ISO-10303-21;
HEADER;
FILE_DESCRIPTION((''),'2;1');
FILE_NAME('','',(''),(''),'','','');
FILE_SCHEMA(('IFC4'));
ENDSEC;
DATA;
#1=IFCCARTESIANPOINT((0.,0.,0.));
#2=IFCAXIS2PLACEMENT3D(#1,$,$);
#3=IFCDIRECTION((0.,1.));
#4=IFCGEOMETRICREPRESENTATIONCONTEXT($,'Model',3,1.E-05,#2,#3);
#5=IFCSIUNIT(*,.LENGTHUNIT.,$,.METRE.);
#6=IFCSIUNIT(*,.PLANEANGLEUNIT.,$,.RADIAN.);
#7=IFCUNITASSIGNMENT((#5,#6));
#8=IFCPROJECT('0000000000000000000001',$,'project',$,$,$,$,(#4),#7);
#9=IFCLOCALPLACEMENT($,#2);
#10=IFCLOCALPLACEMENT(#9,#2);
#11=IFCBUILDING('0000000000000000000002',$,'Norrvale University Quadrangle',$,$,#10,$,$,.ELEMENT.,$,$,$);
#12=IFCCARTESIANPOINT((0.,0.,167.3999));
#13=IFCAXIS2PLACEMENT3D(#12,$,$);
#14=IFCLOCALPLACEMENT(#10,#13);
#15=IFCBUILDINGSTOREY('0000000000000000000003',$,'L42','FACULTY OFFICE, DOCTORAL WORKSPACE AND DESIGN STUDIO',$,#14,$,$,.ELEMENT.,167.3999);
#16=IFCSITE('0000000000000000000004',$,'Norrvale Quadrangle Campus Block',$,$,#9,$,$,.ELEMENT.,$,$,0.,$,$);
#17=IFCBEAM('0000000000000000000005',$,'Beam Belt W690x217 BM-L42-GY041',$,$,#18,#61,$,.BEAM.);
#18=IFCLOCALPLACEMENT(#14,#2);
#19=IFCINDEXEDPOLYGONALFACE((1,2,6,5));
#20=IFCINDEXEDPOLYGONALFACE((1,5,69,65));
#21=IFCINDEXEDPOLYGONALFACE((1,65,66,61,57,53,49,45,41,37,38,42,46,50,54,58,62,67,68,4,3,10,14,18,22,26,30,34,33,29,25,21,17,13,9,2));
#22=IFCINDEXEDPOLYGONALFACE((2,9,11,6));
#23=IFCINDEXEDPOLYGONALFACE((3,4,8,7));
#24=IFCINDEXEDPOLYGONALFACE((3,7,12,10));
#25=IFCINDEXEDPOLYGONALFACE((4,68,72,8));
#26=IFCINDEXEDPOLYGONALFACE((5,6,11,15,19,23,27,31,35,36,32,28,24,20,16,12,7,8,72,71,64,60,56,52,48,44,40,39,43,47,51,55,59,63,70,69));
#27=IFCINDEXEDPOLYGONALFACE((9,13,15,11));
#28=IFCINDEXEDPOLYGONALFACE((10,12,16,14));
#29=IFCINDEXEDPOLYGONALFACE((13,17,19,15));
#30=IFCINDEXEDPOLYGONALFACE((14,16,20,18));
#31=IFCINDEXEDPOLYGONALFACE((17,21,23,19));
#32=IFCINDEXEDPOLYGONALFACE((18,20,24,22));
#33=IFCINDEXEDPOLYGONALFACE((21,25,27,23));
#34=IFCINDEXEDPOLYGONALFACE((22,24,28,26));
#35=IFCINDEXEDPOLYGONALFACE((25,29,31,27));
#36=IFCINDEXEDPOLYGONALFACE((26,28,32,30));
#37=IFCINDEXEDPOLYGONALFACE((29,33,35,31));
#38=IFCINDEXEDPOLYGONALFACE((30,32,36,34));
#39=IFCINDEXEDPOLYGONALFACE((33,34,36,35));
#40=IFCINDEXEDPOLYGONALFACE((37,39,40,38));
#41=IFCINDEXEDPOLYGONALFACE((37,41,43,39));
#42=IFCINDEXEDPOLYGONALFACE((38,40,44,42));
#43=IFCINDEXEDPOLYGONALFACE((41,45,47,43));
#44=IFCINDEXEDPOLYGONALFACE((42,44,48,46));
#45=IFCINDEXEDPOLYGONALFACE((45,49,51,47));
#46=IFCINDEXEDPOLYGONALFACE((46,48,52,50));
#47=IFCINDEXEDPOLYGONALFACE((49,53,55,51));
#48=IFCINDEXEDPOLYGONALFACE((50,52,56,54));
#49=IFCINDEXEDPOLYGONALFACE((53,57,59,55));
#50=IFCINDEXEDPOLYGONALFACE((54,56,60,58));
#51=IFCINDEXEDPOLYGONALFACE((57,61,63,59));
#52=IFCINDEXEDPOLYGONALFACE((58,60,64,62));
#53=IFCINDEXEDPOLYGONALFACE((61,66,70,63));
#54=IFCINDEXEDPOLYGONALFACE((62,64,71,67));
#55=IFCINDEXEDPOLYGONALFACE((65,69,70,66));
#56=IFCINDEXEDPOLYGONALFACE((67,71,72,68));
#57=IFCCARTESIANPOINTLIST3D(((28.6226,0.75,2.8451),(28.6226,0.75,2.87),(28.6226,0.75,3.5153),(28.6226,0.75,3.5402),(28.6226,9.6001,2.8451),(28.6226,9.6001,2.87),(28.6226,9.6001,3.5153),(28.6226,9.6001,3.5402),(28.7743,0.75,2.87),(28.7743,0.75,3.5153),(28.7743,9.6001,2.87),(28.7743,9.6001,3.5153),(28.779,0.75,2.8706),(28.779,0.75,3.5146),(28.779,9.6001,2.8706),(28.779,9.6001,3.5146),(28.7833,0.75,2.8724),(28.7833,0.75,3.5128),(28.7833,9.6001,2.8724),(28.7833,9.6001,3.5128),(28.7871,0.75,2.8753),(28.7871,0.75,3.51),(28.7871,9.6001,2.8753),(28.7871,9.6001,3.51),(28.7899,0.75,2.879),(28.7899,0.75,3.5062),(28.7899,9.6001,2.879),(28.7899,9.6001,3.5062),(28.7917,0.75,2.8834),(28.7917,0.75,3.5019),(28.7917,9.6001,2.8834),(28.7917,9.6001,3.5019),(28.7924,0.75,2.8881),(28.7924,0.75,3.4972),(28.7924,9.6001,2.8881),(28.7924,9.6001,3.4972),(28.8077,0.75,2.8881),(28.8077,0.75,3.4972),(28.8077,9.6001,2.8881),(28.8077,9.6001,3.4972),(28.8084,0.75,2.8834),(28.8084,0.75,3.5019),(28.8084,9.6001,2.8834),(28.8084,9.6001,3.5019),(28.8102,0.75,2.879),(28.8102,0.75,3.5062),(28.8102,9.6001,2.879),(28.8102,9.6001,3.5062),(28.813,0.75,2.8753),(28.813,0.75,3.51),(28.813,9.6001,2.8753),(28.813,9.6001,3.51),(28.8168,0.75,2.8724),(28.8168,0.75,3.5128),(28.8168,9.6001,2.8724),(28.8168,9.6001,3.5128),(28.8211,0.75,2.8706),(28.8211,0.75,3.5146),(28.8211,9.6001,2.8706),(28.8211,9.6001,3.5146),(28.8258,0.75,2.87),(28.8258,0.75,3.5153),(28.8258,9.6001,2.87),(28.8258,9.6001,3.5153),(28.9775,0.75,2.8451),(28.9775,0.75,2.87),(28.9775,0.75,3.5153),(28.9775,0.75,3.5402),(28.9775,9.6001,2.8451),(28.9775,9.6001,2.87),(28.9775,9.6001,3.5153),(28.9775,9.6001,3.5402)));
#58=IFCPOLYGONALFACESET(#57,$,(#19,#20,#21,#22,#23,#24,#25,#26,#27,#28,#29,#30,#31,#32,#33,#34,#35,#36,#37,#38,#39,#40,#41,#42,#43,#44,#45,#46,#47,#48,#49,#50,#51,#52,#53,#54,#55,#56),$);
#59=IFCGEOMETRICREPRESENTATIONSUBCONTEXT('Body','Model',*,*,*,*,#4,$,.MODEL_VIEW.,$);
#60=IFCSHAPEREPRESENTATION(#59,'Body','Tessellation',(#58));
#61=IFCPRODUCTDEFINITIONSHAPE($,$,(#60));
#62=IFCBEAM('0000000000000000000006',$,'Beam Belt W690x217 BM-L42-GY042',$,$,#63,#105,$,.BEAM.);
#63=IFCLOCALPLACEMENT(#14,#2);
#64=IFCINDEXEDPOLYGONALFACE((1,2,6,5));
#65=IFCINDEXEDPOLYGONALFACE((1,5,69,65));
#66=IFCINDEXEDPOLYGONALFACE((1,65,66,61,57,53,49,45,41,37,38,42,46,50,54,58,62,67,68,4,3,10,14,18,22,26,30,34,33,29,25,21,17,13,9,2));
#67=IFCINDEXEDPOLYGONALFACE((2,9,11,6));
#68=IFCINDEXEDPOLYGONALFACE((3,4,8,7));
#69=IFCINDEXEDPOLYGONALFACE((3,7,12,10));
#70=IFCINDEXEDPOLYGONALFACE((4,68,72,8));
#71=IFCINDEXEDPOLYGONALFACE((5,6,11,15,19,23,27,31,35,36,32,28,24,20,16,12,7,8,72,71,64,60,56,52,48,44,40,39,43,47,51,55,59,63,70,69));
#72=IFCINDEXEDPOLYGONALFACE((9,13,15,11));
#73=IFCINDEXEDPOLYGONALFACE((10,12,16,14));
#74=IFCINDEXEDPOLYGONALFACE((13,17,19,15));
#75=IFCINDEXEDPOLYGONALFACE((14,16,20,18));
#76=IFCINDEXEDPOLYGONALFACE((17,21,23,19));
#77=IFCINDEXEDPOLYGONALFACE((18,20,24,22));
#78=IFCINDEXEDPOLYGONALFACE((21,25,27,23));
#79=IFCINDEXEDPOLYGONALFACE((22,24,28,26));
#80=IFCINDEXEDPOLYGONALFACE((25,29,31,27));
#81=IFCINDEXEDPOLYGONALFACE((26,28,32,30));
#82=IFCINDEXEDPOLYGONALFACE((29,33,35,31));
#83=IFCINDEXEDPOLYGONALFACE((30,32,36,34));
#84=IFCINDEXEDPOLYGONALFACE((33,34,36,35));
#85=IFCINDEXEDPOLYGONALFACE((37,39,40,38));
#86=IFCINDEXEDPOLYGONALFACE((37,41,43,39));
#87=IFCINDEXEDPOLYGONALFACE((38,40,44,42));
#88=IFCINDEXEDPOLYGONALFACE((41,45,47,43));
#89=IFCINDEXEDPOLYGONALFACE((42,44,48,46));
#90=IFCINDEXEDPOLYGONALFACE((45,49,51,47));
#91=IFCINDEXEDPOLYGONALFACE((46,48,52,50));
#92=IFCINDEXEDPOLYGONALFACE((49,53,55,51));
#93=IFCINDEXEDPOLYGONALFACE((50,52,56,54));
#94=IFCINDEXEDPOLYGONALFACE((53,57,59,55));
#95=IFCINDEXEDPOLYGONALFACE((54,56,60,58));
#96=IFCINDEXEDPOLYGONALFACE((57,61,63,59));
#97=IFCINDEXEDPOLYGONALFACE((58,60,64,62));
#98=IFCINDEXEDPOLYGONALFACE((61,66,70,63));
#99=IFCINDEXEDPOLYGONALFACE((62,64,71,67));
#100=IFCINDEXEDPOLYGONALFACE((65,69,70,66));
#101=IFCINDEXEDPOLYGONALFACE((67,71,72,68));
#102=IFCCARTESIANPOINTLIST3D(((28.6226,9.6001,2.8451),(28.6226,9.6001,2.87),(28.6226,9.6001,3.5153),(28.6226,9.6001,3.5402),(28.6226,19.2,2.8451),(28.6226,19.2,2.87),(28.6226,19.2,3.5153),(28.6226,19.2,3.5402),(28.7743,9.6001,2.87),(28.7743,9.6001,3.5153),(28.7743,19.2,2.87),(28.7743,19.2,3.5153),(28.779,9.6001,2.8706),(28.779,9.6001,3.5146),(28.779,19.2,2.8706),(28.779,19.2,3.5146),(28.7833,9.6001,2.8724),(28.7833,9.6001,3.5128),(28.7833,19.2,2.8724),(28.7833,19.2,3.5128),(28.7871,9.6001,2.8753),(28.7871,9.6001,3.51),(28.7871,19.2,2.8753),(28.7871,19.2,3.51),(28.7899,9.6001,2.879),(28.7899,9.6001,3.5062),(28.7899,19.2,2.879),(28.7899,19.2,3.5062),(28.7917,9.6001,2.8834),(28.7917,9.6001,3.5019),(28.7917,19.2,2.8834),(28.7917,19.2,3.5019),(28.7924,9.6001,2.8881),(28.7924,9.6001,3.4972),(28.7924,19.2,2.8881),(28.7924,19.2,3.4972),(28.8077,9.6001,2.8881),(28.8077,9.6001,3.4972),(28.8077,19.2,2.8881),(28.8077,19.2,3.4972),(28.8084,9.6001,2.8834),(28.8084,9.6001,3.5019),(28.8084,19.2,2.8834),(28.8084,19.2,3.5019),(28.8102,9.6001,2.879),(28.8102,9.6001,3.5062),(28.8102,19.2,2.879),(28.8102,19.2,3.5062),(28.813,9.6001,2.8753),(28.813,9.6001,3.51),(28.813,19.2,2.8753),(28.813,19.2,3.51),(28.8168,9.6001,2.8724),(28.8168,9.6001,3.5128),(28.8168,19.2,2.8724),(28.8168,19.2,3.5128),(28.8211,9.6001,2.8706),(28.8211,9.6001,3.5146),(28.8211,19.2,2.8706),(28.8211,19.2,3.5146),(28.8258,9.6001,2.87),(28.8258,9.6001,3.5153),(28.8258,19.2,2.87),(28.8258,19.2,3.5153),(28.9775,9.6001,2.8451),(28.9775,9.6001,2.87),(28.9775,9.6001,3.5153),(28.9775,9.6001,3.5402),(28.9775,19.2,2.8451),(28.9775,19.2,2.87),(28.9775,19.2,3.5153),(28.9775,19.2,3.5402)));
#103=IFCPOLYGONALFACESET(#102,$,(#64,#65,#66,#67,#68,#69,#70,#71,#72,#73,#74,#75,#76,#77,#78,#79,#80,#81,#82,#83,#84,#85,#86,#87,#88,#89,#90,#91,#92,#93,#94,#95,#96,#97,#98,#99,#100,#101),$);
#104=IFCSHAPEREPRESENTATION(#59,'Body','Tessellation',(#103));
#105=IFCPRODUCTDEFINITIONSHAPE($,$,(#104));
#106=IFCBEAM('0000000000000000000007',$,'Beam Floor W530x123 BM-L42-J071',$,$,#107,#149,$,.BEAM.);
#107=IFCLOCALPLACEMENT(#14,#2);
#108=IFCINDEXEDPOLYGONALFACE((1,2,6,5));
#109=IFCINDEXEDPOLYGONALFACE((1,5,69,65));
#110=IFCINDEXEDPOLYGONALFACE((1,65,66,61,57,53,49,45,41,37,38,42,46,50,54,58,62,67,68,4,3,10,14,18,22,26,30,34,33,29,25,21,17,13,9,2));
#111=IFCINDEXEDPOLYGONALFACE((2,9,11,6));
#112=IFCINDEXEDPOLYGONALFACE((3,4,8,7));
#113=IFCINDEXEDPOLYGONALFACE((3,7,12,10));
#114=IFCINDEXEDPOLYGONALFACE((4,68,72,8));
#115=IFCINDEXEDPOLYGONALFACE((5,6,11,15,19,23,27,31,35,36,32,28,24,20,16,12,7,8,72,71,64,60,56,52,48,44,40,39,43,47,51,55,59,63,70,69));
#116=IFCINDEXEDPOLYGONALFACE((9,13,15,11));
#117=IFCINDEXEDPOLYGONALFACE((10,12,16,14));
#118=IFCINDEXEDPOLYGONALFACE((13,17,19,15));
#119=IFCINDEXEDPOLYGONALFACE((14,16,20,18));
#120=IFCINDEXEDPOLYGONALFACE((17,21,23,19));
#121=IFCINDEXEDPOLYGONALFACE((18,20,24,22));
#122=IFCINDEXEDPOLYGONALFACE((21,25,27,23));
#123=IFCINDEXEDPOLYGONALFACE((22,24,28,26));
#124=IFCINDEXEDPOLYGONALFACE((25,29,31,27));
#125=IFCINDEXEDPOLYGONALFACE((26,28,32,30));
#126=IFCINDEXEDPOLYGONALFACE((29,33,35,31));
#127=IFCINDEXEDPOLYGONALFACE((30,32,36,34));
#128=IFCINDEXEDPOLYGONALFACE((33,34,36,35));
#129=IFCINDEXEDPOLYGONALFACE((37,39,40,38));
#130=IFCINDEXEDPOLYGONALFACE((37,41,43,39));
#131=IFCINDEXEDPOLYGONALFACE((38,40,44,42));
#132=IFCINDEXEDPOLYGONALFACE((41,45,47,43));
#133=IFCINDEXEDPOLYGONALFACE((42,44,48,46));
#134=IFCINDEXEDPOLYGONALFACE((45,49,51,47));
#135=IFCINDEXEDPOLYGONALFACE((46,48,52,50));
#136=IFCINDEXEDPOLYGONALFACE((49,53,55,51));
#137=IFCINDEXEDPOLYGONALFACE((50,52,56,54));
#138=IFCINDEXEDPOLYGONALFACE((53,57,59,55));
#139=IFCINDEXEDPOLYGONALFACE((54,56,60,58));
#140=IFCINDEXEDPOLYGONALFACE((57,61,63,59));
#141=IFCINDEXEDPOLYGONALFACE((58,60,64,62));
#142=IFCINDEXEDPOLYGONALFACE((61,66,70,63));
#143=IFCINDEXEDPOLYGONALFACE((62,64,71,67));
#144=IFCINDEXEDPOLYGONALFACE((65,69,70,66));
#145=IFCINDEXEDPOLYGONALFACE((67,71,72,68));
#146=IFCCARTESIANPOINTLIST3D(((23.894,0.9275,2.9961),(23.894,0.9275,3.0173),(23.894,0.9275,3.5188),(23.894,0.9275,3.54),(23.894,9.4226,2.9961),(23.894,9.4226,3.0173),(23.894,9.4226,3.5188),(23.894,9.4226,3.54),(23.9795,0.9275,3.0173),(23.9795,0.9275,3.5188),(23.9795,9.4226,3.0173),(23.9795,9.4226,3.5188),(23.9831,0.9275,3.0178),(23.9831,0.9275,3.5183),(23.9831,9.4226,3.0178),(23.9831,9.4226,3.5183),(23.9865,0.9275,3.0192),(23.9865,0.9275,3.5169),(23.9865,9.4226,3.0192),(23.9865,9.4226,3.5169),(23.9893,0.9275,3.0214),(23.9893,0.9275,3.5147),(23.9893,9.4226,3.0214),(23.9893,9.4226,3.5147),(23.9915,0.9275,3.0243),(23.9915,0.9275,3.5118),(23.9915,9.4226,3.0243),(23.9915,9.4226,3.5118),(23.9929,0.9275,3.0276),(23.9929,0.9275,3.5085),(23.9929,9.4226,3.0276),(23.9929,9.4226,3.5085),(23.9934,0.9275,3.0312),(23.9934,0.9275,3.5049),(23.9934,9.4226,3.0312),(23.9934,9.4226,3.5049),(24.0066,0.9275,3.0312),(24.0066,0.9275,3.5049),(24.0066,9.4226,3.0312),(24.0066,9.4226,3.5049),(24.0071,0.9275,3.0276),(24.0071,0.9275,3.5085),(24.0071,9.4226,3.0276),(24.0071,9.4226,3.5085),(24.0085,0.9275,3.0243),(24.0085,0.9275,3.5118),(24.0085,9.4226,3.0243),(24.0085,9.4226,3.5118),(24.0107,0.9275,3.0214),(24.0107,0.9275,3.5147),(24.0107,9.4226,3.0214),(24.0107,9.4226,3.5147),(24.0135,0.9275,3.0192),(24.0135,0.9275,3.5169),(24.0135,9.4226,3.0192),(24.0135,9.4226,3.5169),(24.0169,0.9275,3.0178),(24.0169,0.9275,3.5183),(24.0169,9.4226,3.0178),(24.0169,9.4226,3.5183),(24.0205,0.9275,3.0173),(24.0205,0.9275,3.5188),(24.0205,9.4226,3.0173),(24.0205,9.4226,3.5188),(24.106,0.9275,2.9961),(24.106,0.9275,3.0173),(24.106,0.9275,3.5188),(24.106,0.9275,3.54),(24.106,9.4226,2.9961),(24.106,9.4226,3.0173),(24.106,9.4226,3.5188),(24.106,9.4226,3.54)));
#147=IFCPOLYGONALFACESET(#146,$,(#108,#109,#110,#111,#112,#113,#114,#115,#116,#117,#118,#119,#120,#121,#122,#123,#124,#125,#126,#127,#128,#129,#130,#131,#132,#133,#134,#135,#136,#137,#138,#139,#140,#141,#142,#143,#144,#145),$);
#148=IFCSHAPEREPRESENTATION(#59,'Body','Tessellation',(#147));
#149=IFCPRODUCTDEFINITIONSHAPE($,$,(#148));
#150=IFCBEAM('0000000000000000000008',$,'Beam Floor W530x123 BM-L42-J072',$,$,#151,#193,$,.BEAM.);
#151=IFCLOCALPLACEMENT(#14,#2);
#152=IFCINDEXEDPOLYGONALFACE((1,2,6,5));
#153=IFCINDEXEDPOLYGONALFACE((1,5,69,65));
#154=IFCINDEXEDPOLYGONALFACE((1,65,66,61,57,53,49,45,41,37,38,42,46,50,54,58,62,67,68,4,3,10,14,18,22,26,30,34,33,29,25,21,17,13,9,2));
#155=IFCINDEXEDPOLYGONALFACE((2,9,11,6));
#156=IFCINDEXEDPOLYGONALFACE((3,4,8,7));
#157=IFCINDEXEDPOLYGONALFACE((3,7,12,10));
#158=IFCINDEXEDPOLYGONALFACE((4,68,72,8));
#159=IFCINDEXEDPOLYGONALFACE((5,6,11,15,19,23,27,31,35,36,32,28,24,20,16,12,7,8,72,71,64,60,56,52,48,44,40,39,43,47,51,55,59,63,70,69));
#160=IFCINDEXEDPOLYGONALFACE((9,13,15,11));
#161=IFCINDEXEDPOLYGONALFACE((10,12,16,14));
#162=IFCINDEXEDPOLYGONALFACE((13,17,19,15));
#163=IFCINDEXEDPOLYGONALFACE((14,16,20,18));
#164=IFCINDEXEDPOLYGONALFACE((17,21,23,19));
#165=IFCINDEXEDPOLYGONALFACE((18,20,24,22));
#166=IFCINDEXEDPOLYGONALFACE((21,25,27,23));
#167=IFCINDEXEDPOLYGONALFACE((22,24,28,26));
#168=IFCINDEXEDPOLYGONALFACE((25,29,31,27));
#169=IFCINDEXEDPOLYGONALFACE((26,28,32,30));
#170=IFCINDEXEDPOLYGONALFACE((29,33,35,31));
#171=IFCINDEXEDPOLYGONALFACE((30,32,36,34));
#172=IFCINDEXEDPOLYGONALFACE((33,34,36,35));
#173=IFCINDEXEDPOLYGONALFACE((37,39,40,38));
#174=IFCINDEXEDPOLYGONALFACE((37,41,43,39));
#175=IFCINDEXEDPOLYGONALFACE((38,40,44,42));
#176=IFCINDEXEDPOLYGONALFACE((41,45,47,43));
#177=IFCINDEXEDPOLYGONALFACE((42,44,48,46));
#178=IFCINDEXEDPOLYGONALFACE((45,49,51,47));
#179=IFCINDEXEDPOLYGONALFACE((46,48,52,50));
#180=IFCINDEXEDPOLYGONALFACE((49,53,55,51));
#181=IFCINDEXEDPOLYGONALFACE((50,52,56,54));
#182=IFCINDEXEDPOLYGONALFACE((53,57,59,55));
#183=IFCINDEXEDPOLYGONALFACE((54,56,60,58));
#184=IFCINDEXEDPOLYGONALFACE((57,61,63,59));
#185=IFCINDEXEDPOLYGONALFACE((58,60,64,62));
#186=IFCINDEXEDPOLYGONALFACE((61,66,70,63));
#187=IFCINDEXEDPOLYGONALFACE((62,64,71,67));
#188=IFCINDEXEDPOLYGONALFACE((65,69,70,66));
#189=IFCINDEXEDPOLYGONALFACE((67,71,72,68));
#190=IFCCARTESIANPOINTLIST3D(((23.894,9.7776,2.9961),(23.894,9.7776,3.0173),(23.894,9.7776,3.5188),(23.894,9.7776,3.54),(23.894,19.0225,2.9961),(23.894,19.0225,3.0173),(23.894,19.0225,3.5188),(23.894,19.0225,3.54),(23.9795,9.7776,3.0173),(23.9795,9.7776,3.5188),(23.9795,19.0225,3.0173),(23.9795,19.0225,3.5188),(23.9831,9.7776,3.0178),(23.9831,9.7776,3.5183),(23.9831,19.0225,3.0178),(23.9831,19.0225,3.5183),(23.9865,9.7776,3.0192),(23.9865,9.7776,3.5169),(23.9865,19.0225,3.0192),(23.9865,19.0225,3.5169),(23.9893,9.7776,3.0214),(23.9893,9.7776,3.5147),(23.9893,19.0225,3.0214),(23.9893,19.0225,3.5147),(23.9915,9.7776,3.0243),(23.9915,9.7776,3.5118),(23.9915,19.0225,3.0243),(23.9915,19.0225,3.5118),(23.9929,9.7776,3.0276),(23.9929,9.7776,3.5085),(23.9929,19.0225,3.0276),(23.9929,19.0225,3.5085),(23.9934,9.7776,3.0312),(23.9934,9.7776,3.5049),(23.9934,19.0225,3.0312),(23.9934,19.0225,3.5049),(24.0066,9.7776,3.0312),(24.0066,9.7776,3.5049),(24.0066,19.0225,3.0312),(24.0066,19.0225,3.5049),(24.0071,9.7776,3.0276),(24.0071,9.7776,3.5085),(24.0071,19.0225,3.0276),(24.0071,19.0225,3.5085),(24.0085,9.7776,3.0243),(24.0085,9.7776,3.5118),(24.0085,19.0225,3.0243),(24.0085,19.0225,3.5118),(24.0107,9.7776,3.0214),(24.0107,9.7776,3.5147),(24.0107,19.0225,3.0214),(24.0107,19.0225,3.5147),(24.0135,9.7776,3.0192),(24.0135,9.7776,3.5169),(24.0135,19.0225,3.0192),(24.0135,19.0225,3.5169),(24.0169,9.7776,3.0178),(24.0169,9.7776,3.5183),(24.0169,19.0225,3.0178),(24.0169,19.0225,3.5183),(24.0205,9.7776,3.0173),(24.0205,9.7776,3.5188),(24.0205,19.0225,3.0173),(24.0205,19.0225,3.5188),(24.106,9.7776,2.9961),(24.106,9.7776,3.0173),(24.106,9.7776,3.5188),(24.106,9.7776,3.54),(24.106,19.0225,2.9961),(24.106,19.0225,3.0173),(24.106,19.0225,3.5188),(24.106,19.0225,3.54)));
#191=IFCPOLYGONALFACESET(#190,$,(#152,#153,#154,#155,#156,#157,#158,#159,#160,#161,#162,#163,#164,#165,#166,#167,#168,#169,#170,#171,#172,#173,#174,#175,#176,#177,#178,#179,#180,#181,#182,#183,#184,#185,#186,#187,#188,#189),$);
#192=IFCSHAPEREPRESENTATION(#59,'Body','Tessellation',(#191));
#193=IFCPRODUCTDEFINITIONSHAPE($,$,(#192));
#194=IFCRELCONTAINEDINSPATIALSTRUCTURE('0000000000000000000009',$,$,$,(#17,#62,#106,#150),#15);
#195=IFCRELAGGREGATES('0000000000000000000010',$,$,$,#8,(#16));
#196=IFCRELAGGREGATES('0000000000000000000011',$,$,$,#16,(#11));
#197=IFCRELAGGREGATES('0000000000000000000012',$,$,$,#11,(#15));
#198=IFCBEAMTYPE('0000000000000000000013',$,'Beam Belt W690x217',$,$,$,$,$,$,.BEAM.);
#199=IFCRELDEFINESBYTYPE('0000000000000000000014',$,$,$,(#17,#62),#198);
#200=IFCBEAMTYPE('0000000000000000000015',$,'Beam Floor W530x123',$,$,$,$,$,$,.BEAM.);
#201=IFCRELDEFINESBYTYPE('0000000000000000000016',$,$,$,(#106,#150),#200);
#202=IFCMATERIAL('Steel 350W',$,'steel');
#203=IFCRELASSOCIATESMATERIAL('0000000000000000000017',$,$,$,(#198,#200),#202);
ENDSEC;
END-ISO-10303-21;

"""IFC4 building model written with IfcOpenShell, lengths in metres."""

from ifc_helpers import new_model, si_unit, direction, frame, origin, origin_2d, place, context, subcontext, project, spatial, i_section, extrude, material, material_profile, profile_set, type_object, element, save


model = new_model("IFC4")

# Units and contexts
model_context = context("Model", 3, precision=1e-05, world=origin(), true_north=direction((0.0, 1.0)))
body_context = subcontext(model_context, "Body", "Model", "MODEL_VIEW")
ifc_project = project(units=[si_unit("LENGTHUNIT", "METRE"), si_unit("PLANEANGLEUNIT", "RADIAN")], contexts=[model_context])

# Site, building, storey
site_placement = place(None, origin())
site = spatial("IfcSite", under=ifc_project, at=site_placement, Name="Norrvale Quadrangle Campus Block", CompositionType="ELEMENT", RefElevation=0.0)
building_placement = place(site_placement, origin())
building = spatial("IfcBuilding", under=site, at=building_placement, Name="Norrvale University Quadrangle", CompositionType="ELEMENT")
storey_placement = place(building_placement, frame((0.0, 0.0, 167.3999)))
storey = spatial("IfcBuildingStorey", under=building, at=storey_placement, Name="L42", Description="FACULTY OFFICE, DOCTORAL WORKSPACE AND DESIGN STUDIO", CompositionType="ELEMENT", Elevation=167.3999)

# Beams
ifc_material_1 = material(Name="Steel 350W", Category="steel")
ifc_material_profile_1 = material_profile(ifc_material_1, i_section(OverallWidth=0.355, OverallDepth=0.6951, WebThickness=0.0154, FlangeThickness=0.0249, FilletRadius=0.0181, at=origin_2d()), Name="Steel 350W")
ifc_profile_set_1 = profile_set([ifc_material_profile_1], Name="Steel 350W")
beam_type_1 = type_object("IfcBeamType", Name="Beam Belt W690x217", PredefinedType="BEAM", material=ifc_profile_set_1)
beam_1_placement = place(storey_placement, frame((28.8, 0.75, 3.1926), z_axis=(0.0, 1.0, 0.0), x_axis=(-1.0, 0.0, 0.0)))
element("IfcBeam", 1, at=beam_1_placement, inside=storey, type_object=beam_type_1, Name="Beam Belt W690x217 BM-L42-GY041", PredefinedType="BEAM", context=body_context, shape_type="SweptSolid", body=[
    extrude(i_section(OverallWidth=0.355, OverallDepth=0.6951, WebThickness=0.0154, FlangeThickness=0.0249, FilletRadius=0.0181, at=origin_2d()), origin(), (0.0, 0.0, 1.0), 8.8501),
])
beam_2_placement = place(storey_placement, frame((28.8, 9.6001, 3.1926), z_axis=(0.0, 1.0, 0.0), x_axis=(-1.0, 0.0, 0.0)))
element("IfcBeam", 2, at=beam_2_placement, inside=storey, type_object=beam_type_1, Name="Beam Belt W690x217 BM-L42-GY042", PredefinedType="BEAM", context=body_context, shape_type="SweptSolid", body=[
    extrude(i_section(OverallWidth=0.355, OverallDepth=0.6951, WebThickness=0.0154, FlangeThickness=0.0249, FilletRadius=0.0181, at=origin_2d()), origin(), (0.0, 0.0, 1.0), 9.5999),
])
ifc_material_profile_2 = material_profile(ifc_material_1, i_section(OverallWidth=0.2119, OverallDepth=0.5439, WebThickness=0.0132, FlangeThickness=0.0212, FilletRadius=0.0139, at=origin_2d()), Name="Steel 350W")
ifc_profile_set_2 = profile_set([ifc_material_profile_2], Name="Steel 350W")
beam_type_2 = type_object("IfcBeamType", Name="Beam Floor W530x123", PredefinedType="BEAM", material=ifc_profile_set_2)
beam_3_placement = place(storey_placement, frame((24.0, 0.9275, 3.2681), z_axis=(0.0, 1.0, 0.0), x_axis=(-1.0, 0.0, 0.0)))
element("IfcBeam", 3, at=beam_3_placement, inside=storey, type_object=beam_type_2, Name="Beam Floor W530x123 BM-L42-J071", PredefinedType="BEAM", context=body_context, shape_type="SweptSolid", body=[
    extrude(i_section(OverallWidth=0.2119, OverallDepth=0.5439, WebThickness=0.0132, FlangeThickness=0.0212, FilletRadius=0.0139, at=origin_2d()), origin(), (0.0, 0.0, 1.0), 8.4951),
])
beam_4_placement = place(storey_placement, frame((24.0, 9.7776, 3.2681), z_axis=(0.0, 1.0, 0.0), x_axis=(-1.0, 0.0, 0.0)))
element("IfcBeam", 4, at=beam_4_placement, inside=storey, type_object=beam_type_2, Name="Beam Floor W530x123 BM-L42-J072", PredefinedType="BEAM", context=body_context, shape_type="SweptSolid", body=[
    extrude(i_section(OverallWidth=0.2119, OverallDepth=0.5439, WebThickness=0.0132, FlangeThickness=0.0212, FilletRadius=0.0139, at=origin_2d()), origin(), (0.0, 0.0, 1.0), 9.2449),
])

save(model, "model.ifc")
